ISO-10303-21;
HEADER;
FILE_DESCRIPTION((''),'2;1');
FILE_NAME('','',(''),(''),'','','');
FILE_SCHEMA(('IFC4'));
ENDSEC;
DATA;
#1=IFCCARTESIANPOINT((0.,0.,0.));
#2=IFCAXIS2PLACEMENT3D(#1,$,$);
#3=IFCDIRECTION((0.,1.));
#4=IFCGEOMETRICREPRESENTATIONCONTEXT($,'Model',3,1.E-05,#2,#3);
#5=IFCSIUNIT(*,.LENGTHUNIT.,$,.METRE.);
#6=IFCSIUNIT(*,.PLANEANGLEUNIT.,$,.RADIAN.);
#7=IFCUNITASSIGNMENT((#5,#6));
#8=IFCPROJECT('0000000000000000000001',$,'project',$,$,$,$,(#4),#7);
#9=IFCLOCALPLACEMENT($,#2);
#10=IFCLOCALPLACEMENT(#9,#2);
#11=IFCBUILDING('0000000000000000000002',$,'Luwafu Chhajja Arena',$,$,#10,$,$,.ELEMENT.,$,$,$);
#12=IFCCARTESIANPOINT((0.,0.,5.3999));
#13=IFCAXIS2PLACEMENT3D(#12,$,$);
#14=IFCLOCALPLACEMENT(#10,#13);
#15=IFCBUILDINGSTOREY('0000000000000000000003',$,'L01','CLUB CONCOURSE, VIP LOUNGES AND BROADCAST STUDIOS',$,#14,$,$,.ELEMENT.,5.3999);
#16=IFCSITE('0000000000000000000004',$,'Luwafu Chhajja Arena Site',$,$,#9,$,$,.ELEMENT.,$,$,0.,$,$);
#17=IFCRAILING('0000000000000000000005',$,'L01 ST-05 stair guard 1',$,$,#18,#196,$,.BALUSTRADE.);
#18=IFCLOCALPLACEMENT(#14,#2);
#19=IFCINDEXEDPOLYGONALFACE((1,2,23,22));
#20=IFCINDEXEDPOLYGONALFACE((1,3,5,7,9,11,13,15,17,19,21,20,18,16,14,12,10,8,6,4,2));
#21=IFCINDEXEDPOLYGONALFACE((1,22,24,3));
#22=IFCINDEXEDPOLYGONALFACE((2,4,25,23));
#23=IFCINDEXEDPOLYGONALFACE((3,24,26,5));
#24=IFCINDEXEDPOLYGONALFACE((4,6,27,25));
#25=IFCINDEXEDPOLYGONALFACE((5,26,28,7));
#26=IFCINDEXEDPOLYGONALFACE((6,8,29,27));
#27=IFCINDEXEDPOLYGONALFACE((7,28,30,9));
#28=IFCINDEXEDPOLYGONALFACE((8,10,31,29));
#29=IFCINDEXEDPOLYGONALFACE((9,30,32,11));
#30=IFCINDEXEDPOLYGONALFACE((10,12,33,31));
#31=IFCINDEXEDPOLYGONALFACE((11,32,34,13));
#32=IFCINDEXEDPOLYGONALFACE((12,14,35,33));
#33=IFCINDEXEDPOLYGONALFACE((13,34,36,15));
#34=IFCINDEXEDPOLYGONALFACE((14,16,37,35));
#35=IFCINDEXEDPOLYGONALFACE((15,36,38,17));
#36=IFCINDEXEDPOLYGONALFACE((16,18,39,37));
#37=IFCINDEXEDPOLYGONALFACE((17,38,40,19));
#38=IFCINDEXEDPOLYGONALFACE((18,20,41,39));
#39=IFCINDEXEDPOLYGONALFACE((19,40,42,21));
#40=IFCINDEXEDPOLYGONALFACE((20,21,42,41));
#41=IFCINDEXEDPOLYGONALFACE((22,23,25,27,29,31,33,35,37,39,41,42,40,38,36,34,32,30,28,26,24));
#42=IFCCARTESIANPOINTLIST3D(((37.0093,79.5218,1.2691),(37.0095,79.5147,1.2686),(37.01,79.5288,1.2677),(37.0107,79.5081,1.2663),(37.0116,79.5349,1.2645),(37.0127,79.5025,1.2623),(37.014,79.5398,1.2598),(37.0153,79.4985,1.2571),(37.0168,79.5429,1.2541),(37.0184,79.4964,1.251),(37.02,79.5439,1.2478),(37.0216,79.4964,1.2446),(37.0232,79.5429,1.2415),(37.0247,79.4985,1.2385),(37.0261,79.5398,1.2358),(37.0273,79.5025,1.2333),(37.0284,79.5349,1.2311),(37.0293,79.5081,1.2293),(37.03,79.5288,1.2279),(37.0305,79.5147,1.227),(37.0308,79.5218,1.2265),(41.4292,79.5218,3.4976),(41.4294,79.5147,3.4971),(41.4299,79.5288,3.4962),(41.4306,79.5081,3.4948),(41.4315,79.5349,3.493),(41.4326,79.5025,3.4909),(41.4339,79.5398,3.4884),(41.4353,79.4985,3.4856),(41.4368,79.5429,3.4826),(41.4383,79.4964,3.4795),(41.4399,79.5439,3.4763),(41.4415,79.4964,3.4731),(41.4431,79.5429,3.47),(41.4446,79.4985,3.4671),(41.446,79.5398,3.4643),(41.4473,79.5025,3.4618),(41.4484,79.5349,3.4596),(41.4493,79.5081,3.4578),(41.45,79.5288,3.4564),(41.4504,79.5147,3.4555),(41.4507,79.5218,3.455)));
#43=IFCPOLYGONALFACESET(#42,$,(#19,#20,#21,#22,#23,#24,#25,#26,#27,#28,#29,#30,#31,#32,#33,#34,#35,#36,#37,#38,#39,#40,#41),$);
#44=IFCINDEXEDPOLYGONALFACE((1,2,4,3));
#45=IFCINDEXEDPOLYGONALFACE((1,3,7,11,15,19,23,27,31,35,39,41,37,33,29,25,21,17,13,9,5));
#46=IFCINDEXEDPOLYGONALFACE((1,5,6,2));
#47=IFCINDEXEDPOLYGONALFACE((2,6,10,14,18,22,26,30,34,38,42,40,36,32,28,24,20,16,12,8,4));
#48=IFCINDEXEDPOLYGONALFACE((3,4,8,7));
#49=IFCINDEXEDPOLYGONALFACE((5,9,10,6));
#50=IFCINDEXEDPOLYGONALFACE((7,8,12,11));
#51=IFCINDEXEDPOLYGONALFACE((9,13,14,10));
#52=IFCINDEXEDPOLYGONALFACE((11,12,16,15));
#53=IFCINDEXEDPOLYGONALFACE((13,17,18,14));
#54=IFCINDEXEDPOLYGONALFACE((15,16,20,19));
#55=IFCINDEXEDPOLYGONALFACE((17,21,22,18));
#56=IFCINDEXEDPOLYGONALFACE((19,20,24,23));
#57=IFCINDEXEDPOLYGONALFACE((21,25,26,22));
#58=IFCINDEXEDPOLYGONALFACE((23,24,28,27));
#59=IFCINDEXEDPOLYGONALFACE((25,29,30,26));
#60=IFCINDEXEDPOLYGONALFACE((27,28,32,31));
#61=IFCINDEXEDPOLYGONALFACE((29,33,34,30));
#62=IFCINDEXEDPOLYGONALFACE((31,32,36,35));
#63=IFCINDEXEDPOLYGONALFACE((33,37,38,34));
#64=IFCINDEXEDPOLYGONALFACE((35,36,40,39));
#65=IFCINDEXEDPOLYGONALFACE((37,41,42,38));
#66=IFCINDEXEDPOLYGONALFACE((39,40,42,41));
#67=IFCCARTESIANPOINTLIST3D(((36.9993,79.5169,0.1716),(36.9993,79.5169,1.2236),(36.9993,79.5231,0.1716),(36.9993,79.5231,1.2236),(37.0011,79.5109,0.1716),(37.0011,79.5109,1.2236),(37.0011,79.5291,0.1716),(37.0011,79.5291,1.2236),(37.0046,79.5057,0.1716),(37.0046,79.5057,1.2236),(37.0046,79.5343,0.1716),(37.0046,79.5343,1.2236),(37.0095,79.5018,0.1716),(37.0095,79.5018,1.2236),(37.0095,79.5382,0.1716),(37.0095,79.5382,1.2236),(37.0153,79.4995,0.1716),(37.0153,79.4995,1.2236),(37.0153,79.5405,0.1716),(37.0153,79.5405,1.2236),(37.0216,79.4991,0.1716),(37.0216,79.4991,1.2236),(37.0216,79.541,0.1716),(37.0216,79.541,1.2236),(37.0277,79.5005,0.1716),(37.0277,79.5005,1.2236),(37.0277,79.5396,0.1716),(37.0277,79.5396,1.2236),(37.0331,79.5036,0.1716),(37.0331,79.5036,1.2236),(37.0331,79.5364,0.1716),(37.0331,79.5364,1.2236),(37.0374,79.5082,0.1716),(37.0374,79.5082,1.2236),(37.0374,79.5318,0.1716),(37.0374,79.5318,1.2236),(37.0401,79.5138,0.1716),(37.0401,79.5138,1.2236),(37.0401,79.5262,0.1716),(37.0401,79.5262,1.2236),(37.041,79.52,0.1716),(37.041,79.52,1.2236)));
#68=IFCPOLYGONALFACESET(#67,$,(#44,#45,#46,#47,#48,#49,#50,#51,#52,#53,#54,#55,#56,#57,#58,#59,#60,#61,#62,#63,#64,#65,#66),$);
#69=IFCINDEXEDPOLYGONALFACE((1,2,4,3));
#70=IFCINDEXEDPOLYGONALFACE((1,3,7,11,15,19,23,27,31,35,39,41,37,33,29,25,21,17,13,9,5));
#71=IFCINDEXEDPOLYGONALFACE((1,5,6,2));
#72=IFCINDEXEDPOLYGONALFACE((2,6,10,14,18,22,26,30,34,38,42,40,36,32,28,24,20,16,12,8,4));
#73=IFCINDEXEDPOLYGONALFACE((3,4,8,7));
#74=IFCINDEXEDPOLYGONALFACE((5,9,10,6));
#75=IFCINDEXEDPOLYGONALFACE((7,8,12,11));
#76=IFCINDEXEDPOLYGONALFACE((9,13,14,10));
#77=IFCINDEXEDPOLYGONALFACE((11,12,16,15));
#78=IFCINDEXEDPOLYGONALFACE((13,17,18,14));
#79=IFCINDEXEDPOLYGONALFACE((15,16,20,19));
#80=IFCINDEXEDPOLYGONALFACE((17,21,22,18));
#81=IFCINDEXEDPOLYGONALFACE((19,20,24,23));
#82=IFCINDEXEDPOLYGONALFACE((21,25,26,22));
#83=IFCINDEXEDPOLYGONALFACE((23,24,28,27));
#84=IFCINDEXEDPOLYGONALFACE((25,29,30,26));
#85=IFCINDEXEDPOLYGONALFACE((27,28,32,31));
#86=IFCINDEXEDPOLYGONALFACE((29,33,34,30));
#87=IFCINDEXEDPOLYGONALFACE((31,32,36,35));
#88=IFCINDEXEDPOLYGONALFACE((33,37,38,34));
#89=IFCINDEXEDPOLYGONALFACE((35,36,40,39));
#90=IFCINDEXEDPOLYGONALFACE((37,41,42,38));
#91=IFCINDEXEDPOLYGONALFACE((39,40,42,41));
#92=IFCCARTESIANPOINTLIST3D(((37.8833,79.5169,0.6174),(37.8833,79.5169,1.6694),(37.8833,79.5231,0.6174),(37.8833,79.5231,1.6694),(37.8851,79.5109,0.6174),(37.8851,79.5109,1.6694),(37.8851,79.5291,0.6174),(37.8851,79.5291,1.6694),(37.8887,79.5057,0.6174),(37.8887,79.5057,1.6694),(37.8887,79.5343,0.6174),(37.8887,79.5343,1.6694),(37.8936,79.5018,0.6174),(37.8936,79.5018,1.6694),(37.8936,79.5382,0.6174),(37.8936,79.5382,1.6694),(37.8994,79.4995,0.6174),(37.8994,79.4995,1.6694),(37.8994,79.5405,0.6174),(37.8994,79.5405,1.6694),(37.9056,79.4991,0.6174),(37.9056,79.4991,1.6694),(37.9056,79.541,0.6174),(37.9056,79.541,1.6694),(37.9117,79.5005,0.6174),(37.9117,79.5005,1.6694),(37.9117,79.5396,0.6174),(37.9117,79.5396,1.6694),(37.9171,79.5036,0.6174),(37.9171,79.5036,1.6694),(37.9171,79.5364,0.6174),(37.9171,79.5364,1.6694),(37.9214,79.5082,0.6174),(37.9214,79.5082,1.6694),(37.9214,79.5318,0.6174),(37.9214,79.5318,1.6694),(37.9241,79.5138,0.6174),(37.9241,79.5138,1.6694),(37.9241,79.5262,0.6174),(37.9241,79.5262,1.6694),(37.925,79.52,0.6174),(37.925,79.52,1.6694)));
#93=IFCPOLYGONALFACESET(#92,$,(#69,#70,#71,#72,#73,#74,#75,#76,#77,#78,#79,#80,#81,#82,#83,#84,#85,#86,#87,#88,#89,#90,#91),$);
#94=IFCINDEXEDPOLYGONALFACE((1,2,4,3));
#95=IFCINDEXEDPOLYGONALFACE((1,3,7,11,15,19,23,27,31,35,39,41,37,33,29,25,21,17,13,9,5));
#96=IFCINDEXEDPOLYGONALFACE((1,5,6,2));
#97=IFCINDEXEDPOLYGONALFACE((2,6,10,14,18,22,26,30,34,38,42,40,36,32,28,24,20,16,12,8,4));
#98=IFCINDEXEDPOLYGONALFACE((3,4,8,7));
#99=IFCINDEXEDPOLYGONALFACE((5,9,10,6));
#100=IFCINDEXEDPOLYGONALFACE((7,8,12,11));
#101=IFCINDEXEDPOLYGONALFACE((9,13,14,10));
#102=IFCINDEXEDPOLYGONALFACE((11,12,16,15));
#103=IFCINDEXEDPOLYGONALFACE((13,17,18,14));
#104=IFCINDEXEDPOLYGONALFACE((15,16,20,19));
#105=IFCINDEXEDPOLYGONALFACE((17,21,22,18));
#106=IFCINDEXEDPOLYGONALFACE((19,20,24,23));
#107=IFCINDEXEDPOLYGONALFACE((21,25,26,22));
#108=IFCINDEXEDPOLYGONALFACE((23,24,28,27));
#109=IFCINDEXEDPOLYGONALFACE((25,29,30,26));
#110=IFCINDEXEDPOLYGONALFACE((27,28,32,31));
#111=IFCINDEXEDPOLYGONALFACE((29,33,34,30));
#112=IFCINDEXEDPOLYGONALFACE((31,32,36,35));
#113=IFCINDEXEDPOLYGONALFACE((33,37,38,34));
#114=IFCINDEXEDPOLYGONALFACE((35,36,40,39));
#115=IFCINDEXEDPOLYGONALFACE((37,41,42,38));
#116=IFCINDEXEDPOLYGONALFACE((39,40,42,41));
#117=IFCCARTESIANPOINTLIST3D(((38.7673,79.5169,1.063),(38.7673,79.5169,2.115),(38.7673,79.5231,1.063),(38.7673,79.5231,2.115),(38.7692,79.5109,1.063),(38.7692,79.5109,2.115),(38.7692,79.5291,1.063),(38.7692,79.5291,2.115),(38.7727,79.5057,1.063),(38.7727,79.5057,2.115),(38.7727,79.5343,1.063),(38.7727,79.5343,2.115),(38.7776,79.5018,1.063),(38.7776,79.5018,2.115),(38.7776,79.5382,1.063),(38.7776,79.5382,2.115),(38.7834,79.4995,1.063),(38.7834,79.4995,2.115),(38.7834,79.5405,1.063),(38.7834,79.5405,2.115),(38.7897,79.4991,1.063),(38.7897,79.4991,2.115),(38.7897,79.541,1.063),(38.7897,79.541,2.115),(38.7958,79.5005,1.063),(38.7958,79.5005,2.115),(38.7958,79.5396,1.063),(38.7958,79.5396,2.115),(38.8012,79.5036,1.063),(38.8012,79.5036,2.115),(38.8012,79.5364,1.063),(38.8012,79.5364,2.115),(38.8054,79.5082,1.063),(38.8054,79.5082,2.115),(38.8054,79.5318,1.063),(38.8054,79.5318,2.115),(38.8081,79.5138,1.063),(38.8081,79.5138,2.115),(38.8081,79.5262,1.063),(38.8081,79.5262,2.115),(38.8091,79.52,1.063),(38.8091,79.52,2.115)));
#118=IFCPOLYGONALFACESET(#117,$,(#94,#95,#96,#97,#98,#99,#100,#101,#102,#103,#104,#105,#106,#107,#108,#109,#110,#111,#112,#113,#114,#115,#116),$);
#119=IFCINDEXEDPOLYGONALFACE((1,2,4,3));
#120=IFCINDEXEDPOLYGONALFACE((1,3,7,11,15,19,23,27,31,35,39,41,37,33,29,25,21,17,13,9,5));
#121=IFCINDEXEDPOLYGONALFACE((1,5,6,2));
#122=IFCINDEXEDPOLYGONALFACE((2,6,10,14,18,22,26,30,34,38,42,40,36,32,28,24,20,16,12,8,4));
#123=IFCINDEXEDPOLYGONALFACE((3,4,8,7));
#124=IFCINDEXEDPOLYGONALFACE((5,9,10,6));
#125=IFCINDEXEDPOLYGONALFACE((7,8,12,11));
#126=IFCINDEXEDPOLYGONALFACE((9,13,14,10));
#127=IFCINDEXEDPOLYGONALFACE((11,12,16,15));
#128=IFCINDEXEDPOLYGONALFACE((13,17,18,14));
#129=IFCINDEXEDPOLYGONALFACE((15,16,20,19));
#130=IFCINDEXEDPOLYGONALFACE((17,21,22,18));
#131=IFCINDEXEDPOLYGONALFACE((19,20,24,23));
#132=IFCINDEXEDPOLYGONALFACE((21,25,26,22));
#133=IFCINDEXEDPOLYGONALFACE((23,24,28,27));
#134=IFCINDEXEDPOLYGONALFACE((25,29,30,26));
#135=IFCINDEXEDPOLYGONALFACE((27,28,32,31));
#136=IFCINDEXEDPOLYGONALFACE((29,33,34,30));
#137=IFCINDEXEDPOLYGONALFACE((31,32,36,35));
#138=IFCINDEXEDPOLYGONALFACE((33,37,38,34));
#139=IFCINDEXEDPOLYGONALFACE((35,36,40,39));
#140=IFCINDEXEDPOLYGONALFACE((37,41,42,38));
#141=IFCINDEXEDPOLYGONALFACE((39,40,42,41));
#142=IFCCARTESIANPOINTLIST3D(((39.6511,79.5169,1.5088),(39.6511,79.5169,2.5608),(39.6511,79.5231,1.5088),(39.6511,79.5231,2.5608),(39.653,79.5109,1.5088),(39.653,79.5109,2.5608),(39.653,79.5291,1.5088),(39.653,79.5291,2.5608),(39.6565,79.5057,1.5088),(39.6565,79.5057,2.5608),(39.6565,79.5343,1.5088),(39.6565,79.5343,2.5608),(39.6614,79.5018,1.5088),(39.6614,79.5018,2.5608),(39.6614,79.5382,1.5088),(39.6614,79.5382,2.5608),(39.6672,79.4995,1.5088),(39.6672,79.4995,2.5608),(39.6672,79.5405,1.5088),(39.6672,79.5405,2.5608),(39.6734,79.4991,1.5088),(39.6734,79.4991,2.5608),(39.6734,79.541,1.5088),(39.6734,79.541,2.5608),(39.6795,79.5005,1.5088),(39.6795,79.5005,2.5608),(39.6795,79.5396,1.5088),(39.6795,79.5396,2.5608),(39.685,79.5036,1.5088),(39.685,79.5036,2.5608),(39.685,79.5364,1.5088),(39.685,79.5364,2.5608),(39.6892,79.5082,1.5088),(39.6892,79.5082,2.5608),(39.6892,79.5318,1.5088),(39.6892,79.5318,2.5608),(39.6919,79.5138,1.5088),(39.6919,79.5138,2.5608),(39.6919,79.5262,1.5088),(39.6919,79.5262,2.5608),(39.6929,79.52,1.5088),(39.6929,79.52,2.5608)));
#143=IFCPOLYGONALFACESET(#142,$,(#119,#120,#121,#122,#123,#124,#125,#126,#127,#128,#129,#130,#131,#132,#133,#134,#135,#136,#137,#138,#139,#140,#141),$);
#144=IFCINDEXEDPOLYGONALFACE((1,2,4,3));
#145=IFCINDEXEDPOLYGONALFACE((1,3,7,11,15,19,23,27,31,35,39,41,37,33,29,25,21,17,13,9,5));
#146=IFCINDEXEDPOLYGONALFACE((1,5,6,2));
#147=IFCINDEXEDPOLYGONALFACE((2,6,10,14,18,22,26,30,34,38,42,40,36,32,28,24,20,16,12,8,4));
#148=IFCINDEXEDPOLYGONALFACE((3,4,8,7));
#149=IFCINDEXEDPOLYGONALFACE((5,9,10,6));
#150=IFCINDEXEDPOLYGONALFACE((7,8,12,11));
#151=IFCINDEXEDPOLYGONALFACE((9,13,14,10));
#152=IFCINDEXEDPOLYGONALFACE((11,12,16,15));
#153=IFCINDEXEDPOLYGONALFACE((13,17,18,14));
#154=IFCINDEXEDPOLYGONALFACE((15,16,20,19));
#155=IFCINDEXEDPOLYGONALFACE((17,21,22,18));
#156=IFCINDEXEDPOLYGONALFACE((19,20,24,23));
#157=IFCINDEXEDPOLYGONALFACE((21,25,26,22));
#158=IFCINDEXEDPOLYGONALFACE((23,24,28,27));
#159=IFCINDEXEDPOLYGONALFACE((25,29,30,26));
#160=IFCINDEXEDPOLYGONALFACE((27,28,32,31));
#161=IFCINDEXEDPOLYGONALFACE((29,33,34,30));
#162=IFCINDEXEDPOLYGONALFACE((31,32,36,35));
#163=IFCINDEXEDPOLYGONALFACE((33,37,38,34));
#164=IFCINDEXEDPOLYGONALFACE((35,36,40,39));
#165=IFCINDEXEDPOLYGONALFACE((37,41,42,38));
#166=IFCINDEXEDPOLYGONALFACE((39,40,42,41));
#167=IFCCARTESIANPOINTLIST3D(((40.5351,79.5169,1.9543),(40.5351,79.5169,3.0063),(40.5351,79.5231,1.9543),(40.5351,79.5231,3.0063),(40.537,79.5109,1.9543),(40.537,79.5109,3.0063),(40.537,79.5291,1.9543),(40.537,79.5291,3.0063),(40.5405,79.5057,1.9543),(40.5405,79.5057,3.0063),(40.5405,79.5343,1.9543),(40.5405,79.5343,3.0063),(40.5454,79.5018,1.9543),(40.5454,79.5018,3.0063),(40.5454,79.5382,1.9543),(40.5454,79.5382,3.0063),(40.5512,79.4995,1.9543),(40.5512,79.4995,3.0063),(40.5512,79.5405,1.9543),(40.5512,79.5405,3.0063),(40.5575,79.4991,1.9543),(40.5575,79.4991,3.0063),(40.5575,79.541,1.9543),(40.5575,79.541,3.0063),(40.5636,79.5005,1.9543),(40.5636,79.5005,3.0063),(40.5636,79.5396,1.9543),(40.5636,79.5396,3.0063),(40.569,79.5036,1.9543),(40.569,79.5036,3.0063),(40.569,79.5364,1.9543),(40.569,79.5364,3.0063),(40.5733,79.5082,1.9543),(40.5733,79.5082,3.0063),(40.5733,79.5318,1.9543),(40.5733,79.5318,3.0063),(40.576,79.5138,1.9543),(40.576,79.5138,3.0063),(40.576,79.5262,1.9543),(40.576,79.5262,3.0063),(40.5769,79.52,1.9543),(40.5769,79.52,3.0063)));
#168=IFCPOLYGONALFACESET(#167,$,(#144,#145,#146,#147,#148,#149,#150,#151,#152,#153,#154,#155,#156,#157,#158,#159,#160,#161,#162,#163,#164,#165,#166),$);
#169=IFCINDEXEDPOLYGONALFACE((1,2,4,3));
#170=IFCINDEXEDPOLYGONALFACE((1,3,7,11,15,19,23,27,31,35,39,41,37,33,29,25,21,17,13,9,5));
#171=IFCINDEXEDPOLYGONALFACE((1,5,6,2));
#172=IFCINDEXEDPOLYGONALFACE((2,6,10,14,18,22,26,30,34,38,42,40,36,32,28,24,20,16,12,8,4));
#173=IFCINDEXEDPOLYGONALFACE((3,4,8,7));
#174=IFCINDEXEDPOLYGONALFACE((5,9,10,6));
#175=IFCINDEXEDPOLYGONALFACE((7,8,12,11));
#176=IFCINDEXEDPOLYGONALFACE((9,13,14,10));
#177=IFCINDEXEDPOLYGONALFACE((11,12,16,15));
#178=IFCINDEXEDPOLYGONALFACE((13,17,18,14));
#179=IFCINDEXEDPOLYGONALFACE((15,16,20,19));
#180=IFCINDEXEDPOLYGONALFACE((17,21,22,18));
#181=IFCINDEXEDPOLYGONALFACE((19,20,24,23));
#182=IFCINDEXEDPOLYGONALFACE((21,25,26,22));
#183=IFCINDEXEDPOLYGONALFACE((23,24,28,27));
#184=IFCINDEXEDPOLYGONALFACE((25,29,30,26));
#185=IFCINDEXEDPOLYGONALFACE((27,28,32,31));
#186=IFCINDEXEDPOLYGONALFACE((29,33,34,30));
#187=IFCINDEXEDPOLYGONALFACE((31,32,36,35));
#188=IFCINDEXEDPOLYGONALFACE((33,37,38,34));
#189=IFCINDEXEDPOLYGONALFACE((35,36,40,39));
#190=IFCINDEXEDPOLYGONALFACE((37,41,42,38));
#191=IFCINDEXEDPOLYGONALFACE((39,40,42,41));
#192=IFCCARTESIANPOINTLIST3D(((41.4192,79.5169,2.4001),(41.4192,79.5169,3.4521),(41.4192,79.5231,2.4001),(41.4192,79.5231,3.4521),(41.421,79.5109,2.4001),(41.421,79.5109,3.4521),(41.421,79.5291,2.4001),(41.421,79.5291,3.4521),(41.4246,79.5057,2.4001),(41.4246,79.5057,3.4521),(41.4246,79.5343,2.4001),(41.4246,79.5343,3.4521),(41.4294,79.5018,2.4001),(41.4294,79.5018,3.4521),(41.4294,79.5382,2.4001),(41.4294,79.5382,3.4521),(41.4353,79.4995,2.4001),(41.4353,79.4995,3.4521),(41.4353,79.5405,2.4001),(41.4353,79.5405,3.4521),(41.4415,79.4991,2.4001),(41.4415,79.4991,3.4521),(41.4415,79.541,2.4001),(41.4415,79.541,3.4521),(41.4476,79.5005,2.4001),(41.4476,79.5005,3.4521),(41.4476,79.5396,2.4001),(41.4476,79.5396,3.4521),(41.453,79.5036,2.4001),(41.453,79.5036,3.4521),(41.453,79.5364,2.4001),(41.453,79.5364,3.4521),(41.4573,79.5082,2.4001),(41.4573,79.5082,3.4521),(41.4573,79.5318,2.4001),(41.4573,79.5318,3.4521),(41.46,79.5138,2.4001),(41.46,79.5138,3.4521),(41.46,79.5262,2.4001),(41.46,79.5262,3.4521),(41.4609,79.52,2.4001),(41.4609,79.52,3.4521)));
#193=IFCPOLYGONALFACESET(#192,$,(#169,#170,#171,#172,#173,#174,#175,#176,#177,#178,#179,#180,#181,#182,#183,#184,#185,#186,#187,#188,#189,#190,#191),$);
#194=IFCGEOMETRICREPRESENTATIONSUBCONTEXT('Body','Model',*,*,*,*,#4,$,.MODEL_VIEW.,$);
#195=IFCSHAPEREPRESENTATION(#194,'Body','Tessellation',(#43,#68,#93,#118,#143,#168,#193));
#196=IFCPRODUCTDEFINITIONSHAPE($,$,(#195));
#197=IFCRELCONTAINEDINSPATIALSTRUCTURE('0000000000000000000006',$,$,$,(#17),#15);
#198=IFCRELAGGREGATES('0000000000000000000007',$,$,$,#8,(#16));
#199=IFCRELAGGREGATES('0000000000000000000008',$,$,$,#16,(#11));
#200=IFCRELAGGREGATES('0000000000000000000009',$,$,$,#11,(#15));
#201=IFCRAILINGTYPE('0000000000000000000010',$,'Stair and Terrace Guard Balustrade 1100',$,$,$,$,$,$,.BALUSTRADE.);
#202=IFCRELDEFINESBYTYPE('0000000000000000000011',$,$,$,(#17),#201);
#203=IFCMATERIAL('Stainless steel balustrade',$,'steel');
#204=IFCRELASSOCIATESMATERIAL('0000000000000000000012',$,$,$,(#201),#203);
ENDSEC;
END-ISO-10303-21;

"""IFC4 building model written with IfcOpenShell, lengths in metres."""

from ifc_helpers import new_model, si_unit, direction, frame, origin, origin_2d, place, context, subcontext, project, spatial, circle, extrude, material, type_object, element, save


model = new_model("IFC4")

# Units and contexts
model_context = context("Model", 3, precision=1e-05, world=origin(), true_north=direction((0.0, 1.0)))
body_context = subcontext(model_context, "Body", "Model", "MODEL_VIEW")
ifc_project = project(units=[si_unit("LENGTHUNIT", "METRE"), si_unit("PLANEANGLEUNIT", "RADIAN")], contexts=[model_context])

# Site, building, storey
site_placement = place(None, origin())
site = spatial("IfcSite", under=ifc_project, at=site_placement, Name="Luwafu Chhajja Arena Site", CompositionType="ELEMENT", RefElevation=0.0)
building_placement = place(site_placement, origin())
building = spatial("IfcBuilding", under=site, at=building_placement, Name="Luwafu Chhajja Arena", CompositionType="ELEMENT")
storey_placement = place(building_placement, frame((0.0, 0.0, 5.3999)))
storey = spatial("IfcBuildingStorey", under=building, at=storey_placement, Name="L01", Description="CLUB CONCOURSE, VIP LOUNGES AND BROADCAST STUDIOS", CompositionType="ELEMENT", Elevation=5.3999)

# Railing
ifc_material_1 = material(Name="Stainless steel balustrade", Category="steel")
railing_type_1 = type_object("IfcRailingType", Name="Stair and Terrace Guard Balustrade 1100", PredefinedType="BALUSTRADE", material=ifc_material_1)
railing_1_placement = place(storey_placement, frame((37.02, 79.52, 0.1716)))
element("IfcRailing", 1, at=railing_1_placement, inside=storey, type_object=railing_type_1, Name="L01 ST-05 stair guard 1", PredefinedType="BALUSTRADE", context=body_context, shape_type="SweptSolid", body=[
    extrude(circle(Radius=0.0239, at=origin_2d()), frame((0.0, 0.0, 1.0762), z_axis=(0.892923, 0.0, 0.45021), x_axis=(0.0, 1.0, 0.0)), (0.0, 0.0, 1.0), 4.95),
    extrude(circle(Radius=0.021, at=origin_2d()), origin(), (0.0, 0.0, 1.0), 1.052),
    extrude(circle(Radius=0.021, at=origin_2d()), frame((0.884, 0.0, 0.4458)), (0.0, 0.0, 1.0), 1.052),
    extrude(circle(Radius=0.021, at=origin_2d()), frame((1.7681, 0.0, 0.8914)), (0.0, 0.0, 1.0), 1.052),
    extrude(circle(Radius=0.021, at=origin_2d()), frame((2.6519, 0.0, 1.3372)), (0.0, 0.0, 1.0), 1.052),
    extrude(circle(Radius=0.021, at=origin_2d()), frame((3.5359, 0.0, 1.7827)), (0.0, 0.0, 1.0), 1.052),
    extrude(circle(Radius=0.021, at=origin_2d()), frame((4.4199, 0.0, 2.2285)), (0.0, 0.0, 1.0), 1.052),
])

save(model, "model.ifc")
